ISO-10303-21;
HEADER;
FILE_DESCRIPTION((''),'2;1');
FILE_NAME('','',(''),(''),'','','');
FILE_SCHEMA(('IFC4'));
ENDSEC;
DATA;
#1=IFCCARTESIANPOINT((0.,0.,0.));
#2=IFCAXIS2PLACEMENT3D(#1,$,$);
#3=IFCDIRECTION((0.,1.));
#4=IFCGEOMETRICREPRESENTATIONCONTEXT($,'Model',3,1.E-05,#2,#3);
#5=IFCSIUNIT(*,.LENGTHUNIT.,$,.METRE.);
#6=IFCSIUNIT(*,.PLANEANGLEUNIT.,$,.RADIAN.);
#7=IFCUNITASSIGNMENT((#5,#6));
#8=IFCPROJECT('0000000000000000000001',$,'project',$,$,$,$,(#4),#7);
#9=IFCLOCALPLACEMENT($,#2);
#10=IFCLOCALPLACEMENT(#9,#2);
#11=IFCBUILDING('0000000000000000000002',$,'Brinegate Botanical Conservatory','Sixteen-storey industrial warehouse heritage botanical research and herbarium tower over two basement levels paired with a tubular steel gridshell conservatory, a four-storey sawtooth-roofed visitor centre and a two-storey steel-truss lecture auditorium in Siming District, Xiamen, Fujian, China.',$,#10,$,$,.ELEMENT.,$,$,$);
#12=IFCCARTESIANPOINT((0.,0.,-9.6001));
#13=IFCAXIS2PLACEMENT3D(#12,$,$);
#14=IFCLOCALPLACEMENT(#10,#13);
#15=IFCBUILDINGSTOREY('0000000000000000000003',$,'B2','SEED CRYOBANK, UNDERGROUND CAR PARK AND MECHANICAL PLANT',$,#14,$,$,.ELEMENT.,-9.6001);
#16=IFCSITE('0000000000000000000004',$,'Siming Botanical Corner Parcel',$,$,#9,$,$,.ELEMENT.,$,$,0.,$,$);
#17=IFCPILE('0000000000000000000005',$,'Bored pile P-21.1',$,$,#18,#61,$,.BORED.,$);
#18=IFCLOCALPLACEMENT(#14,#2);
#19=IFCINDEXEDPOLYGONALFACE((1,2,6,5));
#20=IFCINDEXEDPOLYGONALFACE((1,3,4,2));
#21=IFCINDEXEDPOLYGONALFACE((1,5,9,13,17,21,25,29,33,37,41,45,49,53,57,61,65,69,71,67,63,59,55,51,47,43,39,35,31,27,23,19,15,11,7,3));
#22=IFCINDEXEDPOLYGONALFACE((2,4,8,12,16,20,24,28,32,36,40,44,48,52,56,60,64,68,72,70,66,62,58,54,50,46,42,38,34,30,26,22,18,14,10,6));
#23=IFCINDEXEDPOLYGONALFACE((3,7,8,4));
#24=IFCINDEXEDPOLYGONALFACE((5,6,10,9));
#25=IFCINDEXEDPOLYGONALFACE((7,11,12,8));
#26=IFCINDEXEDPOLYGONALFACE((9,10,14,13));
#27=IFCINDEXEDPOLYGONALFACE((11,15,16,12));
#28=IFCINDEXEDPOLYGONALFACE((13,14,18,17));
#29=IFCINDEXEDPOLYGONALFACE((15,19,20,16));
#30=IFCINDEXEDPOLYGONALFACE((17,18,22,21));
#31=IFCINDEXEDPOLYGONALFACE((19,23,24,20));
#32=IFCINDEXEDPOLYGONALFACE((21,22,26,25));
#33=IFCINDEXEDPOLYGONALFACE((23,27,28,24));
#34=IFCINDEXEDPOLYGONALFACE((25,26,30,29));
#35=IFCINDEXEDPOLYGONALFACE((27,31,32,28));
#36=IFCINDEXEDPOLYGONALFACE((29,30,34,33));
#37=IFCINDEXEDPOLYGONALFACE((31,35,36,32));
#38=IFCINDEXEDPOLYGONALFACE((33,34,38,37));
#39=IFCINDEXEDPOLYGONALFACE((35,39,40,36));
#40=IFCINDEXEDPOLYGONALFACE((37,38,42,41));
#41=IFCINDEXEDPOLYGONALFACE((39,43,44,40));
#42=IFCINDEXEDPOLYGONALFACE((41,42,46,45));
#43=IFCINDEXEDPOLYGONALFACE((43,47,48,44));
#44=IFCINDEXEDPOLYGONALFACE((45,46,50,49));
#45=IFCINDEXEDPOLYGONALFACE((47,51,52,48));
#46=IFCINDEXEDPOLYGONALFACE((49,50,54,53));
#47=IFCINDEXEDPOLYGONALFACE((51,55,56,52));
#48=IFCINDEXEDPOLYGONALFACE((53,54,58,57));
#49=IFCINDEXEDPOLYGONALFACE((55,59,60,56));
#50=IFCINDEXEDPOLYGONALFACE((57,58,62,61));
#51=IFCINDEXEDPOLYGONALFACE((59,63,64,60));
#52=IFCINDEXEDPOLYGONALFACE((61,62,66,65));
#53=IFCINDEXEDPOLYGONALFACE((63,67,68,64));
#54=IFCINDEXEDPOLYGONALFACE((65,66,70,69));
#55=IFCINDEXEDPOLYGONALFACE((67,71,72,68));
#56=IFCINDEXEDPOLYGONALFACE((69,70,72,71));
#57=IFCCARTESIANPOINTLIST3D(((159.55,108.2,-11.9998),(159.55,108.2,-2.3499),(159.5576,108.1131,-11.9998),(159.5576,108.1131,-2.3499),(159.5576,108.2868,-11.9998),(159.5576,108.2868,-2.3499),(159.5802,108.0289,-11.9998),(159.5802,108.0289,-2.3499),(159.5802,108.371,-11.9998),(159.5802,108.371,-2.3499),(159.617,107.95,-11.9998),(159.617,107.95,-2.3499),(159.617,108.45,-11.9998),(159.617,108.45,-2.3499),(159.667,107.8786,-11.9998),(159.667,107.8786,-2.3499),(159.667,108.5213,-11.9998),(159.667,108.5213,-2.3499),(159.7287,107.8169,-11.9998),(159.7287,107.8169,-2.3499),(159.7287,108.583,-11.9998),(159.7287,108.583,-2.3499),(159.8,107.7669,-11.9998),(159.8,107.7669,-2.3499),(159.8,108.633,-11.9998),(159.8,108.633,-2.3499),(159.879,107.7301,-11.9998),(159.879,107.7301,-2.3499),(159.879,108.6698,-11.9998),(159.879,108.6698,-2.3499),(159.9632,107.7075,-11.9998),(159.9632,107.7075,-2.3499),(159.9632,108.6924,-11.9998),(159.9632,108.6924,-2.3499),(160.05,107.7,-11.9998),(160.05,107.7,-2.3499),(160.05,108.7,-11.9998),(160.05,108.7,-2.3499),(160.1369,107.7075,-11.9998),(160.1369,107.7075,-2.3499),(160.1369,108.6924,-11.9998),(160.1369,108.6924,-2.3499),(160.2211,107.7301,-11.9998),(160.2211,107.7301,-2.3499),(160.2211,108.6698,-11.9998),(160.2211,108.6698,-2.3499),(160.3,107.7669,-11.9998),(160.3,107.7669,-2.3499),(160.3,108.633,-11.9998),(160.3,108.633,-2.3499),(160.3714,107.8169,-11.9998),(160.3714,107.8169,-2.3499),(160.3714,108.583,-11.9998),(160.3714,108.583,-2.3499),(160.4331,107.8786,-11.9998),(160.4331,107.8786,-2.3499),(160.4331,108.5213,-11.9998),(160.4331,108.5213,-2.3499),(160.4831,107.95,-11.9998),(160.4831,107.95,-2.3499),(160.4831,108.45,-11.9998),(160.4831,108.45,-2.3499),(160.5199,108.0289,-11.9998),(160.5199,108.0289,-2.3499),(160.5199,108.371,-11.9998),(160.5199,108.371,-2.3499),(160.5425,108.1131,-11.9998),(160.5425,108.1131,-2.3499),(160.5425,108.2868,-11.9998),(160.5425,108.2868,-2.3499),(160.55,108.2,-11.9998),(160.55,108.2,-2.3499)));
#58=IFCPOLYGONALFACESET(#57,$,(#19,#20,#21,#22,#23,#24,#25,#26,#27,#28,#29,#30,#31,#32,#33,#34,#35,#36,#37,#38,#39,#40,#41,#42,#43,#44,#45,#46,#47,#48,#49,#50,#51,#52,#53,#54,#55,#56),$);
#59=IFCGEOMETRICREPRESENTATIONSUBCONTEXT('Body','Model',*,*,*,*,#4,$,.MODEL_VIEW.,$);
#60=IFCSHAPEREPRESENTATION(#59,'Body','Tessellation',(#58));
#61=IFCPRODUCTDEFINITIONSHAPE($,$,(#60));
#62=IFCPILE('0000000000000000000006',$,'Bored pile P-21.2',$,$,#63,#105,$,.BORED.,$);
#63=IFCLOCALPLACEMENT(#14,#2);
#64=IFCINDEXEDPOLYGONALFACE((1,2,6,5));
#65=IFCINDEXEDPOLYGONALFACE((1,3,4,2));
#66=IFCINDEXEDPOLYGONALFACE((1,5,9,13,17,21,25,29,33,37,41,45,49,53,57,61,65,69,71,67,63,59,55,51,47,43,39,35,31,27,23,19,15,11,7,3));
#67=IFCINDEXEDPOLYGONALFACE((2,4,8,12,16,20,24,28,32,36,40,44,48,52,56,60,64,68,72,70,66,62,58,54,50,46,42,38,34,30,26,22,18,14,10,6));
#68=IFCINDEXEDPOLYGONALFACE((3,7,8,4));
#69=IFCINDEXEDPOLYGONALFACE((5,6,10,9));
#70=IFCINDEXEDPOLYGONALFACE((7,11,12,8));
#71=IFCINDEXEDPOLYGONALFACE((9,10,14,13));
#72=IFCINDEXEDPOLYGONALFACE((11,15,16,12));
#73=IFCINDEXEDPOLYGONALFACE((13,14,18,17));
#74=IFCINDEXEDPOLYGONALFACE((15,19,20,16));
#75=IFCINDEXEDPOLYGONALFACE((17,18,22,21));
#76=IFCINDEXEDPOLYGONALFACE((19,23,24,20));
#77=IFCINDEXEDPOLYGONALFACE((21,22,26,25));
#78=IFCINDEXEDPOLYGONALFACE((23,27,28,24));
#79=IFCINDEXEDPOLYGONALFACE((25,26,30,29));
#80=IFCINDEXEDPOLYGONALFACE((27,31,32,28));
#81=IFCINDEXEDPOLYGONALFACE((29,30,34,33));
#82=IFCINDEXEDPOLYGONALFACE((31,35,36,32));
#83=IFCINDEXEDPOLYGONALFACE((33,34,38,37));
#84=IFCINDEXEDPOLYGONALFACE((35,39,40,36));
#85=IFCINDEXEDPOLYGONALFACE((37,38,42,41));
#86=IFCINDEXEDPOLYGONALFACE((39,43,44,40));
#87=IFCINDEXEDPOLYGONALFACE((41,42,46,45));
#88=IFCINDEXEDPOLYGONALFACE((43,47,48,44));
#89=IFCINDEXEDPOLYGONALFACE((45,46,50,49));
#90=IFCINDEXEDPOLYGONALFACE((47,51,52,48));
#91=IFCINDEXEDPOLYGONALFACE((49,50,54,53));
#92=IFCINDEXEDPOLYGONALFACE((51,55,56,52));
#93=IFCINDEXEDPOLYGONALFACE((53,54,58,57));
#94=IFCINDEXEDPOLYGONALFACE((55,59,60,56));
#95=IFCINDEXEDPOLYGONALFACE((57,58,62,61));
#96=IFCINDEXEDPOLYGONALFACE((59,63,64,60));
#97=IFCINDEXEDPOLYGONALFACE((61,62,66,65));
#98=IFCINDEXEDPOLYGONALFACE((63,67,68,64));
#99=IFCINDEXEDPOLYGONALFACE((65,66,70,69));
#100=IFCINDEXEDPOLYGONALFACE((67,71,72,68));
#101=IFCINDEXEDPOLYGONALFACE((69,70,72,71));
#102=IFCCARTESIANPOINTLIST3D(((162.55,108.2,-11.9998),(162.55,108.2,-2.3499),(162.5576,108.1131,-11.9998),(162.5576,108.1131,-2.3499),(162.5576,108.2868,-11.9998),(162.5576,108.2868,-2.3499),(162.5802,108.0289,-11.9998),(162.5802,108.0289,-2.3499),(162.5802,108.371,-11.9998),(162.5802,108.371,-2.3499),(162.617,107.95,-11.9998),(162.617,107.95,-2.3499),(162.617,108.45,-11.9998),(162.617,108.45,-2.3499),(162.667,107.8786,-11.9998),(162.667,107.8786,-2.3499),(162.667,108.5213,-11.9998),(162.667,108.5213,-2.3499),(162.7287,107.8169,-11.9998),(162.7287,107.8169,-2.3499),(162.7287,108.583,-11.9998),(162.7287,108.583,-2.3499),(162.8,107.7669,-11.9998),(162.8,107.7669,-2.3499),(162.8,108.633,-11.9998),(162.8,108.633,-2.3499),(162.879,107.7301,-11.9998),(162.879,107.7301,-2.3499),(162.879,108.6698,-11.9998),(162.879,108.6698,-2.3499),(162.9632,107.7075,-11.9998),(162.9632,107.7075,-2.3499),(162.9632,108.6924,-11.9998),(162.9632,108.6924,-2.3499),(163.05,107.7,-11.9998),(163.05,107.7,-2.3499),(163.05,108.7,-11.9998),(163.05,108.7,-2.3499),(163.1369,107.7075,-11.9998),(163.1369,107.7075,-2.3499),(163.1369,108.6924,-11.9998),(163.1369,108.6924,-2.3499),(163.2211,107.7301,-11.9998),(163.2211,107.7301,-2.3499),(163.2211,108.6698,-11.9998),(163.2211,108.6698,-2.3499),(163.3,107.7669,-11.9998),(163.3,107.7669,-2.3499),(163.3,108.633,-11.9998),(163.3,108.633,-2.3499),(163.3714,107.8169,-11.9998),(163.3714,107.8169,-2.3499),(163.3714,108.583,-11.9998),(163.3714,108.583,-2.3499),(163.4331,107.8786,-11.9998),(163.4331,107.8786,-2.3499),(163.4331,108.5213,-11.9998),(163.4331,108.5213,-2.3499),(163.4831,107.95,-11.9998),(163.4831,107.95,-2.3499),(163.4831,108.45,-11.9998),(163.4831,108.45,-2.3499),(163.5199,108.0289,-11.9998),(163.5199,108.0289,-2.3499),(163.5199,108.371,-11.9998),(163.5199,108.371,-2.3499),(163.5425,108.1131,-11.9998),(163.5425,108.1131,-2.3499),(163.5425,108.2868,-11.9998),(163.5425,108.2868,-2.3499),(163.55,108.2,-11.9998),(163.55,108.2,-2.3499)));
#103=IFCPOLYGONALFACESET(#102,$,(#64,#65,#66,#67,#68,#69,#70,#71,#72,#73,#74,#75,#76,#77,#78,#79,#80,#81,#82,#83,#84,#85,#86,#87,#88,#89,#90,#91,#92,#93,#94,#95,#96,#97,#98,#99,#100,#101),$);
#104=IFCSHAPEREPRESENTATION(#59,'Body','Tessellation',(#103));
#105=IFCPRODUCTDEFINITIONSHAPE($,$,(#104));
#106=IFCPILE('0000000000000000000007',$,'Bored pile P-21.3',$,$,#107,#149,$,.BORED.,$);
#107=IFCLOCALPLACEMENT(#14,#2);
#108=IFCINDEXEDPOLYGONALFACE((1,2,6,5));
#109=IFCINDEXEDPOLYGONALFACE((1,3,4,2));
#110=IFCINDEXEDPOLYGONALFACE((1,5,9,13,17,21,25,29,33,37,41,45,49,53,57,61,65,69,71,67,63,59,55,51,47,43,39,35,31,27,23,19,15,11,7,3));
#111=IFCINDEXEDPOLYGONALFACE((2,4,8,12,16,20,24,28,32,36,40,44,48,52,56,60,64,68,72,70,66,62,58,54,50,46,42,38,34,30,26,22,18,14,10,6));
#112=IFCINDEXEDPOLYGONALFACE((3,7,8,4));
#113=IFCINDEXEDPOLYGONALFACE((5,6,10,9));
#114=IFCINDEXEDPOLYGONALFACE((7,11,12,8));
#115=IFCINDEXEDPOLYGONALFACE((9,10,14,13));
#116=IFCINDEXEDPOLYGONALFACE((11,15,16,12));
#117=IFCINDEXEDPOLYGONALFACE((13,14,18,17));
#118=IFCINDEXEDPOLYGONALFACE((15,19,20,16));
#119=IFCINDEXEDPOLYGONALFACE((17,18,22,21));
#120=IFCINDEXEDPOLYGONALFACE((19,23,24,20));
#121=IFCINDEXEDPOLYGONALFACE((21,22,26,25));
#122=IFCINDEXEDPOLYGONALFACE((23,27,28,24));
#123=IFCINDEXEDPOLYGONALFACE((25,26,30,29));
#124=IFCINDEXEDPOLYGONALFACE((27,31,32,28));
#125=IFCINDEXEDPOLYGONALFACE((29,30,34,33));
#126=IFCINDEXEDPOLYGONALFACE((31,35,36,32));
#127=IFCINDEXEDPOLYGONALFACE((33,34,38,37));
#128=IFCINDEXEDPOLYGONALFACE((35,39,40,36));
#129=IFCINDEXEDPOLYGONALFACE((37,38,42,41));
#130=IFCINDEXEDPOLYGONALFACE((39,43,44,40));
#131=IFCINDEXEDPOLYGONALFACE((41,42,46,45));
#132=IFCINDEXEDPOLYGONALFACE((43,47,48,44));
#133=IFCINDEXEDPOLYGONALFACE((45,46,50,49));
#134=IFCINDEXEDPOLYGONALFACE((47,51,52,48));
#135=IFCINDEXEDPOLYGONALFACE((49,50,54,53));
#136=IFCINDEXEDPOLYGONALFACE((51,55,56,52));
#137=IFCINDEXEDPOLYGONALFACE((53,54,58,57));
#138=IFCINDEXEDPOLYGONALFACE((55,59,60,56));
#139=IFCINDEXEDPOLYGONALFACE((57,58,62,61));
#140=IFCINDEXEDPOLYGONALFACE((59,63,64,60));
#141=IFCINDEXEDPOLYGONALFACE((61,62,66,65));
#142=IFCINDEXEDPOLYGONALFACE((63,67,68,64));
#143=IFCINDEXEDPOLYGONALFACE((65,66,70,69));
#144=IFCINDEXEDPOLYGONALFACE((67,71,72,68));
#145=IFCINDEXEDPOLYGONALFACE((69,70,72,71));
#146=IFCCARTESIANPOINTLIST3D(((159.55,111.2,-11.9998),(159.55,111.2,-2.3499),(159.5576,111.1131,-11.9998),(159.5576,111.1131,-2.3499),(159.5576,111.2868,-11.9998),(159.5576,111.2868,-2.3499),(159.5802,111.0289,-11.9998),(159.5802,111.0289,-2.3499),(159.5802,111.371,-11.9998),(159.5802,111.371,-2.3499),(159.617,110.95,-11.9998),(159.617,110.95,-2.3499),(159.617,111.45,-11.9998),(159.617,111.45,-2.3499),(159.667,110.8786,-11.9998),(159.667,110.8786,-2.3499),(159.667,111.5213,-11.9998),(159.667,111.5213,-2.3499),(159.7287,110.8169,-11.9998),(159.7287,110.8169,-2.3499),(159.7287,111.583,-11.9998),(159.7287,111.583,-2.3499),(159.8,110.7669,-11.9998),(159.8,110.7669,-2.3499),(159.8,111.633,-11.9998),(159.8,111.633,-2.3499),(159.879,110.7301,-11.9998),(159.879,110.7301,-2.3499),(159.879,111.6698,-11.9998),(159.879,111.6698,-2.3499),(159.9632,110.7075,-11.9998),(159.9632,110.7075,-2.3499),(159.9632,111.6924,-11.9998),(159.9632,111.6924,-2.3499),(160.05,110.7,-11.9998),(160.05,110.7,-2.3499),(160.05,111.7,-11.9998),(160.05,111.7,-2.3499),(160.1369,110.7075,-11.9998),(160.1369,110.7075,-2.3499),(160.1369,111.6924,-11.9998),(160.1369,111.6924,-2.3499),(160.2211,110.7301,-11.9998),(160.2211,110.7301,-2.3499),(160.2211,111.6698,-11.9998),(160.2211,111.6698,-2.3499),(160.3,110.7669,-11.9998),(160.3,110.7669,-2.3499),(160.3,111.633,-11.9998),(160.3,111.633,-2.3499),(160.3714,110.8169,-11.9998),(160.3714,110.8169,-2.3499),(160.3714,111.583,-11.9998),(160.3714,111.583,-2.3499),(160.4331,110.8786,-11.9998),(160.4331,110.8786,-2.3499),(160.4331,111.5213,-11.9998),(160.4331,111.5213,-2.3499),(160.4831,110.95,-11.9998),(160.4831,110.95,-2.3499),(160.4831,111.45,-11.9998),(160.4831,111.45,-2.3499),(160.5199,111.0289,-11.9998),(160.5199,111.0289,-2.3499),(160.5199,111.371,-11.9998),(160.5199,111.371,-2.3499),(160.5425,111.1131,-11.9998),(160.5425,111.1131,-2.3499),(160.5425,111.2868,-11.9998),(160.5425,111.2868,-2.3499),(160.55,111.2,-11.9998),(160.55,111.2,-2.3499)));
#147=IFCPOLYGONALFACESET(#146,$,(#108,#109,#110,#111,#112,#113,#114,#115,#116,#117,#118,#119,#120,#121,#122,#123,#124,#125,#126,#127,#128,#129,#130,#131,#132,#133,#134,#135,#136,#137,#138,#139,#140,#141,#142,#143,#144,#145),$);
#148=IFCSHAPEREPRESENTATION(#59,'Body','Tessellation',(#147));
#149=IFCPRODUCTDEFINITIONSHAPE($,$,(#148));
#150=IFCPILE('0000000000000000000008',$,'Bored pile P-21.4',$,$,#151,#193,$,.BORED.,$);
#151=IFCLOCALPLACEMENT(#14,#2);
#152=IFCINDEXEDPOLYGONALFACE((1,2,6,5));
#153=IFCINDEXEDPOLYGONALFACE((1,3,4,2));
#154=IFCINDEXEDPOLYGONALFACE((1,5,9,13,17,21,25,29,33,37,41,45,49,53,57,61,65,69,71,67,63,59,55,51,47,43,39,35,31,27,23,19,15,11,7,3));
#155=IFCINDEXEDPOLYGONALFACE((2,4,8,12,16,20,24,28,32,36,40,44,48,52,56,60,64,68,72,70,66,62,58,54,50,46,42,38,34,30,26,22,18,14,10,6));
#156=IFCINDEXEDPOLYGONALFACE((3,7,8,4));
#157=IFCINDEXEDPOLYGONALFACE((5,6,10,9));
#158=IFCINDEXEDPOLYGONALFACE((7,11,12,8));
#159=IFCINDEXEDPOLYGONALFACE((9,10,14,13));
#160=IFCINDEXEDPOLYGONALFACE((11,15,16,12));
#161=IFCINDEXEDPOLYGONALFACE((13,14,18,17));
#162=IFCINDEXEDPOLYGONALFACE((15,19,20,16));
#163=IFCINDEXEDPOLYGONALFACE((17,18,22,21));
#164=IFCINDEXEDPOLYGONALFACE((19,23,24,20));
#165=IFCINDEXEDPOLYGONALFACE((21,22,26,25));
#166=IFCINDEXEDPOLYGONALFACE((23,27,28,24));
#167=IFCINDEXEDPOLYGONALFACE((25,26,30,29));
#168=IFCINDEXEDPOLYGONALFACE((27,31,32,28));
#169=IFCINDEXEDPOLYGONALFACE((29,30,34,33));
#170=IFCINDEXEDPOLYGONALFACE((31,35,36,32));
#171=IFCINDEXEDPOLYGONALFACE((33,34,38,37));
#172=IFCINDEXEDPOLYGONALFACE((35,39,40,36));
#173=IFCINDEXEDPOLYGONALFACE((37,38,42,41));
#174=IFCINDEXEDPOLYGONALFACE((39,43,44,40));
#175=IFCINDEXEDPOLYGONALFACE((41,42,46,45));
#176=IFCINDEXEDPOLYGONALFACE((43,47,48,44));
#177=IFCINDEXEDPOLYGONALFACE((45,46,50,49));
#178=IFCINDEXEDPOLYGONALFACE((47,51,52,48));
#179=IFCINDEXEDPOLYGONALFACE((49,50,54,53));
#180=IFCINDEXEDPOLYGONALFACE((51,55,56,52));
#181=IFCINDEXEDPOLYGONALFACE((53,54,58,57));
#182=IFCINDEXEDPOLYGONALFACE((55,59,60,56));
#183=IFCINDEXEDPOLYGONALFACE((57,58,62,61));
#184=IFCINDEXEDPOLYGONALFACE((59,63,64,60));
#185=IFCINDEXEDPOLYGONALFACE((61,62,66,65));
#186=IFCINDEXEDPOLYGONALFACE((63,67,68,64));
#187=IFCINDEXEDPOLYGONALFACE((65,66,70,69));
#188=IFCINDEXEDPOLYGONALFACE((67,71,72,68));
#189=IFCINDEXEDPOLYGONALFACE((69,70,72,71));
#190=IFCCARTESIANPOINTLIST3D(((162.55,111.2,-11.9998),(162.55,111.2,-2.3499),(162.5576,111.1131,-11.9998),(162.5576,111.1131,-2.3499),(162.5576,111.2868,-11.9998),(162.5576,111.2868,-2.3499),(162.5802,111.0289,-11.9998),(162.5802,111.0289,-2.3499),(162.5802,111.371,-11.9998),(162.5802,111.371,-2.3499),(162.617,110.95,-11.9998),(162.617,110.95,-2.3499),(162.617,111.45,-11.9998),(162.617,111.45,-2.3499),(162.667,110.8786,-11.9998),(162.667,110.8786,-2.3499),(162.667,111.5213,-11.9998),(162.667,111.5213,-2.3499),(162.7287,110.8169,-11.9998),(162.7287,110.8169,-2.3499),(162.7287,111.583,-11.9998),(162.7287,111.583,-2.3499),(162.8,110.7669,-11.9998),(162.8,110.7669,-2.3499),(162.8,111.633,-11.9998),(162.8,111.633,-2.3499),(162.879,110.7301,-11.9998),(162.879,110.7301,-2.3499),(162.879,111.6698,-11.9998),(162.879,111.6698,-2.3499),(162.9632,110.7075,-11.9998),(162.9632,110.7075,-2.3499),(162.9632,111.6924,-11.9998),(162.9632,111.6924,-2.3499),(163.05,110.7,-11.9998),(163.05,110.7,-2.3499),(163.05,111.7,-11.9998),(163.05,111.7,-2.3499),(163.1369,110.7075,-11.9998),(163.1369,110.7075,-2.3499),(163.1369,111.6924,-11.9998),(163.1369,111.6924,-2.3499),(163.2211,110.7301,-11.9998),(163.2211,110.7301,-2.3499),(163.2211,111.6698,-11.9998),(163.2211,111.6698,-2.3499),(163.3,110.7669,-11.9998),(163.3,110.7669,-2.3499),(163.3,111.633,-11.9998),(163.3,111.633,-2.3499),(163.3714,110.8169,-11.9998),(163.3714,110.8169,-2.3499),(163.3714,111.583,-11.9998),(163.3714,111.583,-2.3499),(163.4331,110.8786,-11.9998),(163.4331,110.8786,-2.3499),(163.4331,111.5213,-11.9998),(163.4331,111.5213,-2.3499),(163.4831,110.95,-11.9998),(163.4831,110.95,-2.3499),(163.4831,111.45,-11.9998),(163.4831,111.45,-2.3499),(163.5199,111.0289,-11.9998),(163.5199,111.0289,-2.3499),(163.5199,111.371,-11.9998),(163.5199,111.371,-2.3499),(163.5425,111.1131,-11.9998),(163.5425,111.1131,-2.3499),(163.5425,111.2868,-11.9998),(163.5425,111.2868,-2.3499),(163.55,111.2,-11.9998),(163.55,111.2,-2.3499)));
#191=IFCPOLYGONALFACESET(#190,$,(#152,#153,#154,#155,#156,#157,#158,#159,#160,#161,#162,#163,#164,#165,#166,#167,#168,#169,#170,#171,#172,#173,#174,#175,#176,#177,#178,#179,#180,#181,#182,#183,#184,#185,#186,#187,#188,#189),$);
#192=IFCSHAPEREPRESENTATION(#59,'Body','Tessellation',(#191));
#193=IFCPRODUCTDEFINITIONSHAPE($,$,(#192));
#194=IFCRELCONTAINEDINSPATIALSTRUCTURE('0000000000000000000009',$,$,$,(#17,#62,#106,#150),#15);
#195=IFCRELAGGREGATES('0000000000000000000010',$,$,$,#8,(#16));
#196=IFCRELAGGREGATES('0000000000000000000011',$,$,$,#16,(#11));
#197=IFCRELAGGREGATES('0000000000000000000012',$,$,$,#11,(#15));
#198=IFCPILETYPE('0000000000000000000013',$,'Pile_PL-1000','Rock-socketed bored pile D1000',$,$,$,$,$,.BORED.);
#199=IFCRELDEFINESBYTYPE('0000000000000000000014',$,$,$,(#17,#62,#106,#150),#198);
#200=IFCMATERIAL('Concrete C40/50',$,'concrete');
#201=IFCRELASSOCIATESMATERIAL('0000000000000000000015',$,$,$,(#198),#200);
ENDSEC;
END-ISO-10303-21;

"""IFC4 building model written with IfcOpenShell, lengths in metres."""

from ifc_helpers import new_model, si_unit, direction, frame, origin, origin_2d, place, context, subcontext, project, spatial, circle, extrude, material, material_profile, profile_set, type_object, element, save


model = new_model("IFC4")

# Units and contexts
model_context = context("Model", 3, precision=1e-05, world=origin(), true_north=direction((0.0, 1.0)))
body_context = subcontext(model_context, "Body", "Model", "MODEL_VIEW")
ifc_project = project(units=[si_unit("LENGTHUNIT", "METRE"), si_unit("PLANEANGLEUNIT", "RADIAN")], contexts=[model_context])

# Site, building, storey
site_placement = place(None, origin())
site = spatial("IfcSite", under=ifc_project, at=site_placement, Name="Siming Botanical Corner Parcel", CompositionType="ELEMENT", RefElevation=0.0)
building_placement = place(site_placement, origin())
building = spatial("IfcBuilding", under=site, at=building_placement, Name="Brinegate Botanical Conservatory", Description="Sixteen-storey industrial warehouse heritage botanical research and herbarium tower over two basement levels paired with a tubular steel gridshell conservatory, a four-storey sawtooth-roofed visitor centre and a two-storey steel-truss lecture auditorium in Siming District, Xiamen, Fujian, China.", CompositionType="ELEMENT")
storey_placement = place(building_placement, frame((0.0, 0.0, -9.6001)))
storey = spatial("IfcBuildingStorey", under=building, at=storey_placement, Name="B2", Description="SEED CRYOBANK, UNDERGROUND CAR PARK AND MECHANICAL PLANT", CompositionType="ELEMENT", Elevation=-9.6001)

# Shared definitions
ifc_material_1 = material(Name="Concrete C40/50", Category="concrete")

# Piles
ifc_material_profile_1 = material_profile(ifc_material_1, circle(Radius=0.5, at=origin_2d()), Name="PILE D1000")
ifc_profile_set_1 = profile_set([ifc_material_profile_1], Name="Concrete C40/50")
pile_type_1 = type_object("IfcPileType", Name="Pile_PL-1000", Description="Rock-socketed bored pile D1000", PredefinedType="BORED", material=ifc_profile_set_1)
for number, where, z_axis, x_axis, name in (
    (1, (160.05, 108.2, -2.3499), (0.0, 0.0, -1.0), (1.0, 0.0, 0.0), "Bored pile P-21.1"),
    (2, (163.05, 108.2, -2.3499), (0.0, 0.0, -1.0), (1.0, 0.0, 0.0), "Bored pile P-21.2"),
    (3, (160.05, 111.2, -2.3499), (0.0, 0.0, -1.0), (1.0, 0.0, 0.0), "Bored pile P-21.3"),
    (4, (163.05, 111.2, -2.3499), (0.0, 0.0, -1.0), (1.0, 0.0, 0.0), "Bored pile P-21.4"),
):
    element("IfcPile", number, at=place(storey_placement, frame(where, z_axis=z_axis, x_axis=x_axis)), inside=storey, type_object=pile_type_1, Name=name, PredefinedType="BORED", context=body_context, shape_type="SweptSolid", body=[
        extrude(circle(Radius=0.5, at=origin_2d()), origin(), (0.0, 0.0, 1.0), 9.6499),
    ])

save(model, "model.ifc")
